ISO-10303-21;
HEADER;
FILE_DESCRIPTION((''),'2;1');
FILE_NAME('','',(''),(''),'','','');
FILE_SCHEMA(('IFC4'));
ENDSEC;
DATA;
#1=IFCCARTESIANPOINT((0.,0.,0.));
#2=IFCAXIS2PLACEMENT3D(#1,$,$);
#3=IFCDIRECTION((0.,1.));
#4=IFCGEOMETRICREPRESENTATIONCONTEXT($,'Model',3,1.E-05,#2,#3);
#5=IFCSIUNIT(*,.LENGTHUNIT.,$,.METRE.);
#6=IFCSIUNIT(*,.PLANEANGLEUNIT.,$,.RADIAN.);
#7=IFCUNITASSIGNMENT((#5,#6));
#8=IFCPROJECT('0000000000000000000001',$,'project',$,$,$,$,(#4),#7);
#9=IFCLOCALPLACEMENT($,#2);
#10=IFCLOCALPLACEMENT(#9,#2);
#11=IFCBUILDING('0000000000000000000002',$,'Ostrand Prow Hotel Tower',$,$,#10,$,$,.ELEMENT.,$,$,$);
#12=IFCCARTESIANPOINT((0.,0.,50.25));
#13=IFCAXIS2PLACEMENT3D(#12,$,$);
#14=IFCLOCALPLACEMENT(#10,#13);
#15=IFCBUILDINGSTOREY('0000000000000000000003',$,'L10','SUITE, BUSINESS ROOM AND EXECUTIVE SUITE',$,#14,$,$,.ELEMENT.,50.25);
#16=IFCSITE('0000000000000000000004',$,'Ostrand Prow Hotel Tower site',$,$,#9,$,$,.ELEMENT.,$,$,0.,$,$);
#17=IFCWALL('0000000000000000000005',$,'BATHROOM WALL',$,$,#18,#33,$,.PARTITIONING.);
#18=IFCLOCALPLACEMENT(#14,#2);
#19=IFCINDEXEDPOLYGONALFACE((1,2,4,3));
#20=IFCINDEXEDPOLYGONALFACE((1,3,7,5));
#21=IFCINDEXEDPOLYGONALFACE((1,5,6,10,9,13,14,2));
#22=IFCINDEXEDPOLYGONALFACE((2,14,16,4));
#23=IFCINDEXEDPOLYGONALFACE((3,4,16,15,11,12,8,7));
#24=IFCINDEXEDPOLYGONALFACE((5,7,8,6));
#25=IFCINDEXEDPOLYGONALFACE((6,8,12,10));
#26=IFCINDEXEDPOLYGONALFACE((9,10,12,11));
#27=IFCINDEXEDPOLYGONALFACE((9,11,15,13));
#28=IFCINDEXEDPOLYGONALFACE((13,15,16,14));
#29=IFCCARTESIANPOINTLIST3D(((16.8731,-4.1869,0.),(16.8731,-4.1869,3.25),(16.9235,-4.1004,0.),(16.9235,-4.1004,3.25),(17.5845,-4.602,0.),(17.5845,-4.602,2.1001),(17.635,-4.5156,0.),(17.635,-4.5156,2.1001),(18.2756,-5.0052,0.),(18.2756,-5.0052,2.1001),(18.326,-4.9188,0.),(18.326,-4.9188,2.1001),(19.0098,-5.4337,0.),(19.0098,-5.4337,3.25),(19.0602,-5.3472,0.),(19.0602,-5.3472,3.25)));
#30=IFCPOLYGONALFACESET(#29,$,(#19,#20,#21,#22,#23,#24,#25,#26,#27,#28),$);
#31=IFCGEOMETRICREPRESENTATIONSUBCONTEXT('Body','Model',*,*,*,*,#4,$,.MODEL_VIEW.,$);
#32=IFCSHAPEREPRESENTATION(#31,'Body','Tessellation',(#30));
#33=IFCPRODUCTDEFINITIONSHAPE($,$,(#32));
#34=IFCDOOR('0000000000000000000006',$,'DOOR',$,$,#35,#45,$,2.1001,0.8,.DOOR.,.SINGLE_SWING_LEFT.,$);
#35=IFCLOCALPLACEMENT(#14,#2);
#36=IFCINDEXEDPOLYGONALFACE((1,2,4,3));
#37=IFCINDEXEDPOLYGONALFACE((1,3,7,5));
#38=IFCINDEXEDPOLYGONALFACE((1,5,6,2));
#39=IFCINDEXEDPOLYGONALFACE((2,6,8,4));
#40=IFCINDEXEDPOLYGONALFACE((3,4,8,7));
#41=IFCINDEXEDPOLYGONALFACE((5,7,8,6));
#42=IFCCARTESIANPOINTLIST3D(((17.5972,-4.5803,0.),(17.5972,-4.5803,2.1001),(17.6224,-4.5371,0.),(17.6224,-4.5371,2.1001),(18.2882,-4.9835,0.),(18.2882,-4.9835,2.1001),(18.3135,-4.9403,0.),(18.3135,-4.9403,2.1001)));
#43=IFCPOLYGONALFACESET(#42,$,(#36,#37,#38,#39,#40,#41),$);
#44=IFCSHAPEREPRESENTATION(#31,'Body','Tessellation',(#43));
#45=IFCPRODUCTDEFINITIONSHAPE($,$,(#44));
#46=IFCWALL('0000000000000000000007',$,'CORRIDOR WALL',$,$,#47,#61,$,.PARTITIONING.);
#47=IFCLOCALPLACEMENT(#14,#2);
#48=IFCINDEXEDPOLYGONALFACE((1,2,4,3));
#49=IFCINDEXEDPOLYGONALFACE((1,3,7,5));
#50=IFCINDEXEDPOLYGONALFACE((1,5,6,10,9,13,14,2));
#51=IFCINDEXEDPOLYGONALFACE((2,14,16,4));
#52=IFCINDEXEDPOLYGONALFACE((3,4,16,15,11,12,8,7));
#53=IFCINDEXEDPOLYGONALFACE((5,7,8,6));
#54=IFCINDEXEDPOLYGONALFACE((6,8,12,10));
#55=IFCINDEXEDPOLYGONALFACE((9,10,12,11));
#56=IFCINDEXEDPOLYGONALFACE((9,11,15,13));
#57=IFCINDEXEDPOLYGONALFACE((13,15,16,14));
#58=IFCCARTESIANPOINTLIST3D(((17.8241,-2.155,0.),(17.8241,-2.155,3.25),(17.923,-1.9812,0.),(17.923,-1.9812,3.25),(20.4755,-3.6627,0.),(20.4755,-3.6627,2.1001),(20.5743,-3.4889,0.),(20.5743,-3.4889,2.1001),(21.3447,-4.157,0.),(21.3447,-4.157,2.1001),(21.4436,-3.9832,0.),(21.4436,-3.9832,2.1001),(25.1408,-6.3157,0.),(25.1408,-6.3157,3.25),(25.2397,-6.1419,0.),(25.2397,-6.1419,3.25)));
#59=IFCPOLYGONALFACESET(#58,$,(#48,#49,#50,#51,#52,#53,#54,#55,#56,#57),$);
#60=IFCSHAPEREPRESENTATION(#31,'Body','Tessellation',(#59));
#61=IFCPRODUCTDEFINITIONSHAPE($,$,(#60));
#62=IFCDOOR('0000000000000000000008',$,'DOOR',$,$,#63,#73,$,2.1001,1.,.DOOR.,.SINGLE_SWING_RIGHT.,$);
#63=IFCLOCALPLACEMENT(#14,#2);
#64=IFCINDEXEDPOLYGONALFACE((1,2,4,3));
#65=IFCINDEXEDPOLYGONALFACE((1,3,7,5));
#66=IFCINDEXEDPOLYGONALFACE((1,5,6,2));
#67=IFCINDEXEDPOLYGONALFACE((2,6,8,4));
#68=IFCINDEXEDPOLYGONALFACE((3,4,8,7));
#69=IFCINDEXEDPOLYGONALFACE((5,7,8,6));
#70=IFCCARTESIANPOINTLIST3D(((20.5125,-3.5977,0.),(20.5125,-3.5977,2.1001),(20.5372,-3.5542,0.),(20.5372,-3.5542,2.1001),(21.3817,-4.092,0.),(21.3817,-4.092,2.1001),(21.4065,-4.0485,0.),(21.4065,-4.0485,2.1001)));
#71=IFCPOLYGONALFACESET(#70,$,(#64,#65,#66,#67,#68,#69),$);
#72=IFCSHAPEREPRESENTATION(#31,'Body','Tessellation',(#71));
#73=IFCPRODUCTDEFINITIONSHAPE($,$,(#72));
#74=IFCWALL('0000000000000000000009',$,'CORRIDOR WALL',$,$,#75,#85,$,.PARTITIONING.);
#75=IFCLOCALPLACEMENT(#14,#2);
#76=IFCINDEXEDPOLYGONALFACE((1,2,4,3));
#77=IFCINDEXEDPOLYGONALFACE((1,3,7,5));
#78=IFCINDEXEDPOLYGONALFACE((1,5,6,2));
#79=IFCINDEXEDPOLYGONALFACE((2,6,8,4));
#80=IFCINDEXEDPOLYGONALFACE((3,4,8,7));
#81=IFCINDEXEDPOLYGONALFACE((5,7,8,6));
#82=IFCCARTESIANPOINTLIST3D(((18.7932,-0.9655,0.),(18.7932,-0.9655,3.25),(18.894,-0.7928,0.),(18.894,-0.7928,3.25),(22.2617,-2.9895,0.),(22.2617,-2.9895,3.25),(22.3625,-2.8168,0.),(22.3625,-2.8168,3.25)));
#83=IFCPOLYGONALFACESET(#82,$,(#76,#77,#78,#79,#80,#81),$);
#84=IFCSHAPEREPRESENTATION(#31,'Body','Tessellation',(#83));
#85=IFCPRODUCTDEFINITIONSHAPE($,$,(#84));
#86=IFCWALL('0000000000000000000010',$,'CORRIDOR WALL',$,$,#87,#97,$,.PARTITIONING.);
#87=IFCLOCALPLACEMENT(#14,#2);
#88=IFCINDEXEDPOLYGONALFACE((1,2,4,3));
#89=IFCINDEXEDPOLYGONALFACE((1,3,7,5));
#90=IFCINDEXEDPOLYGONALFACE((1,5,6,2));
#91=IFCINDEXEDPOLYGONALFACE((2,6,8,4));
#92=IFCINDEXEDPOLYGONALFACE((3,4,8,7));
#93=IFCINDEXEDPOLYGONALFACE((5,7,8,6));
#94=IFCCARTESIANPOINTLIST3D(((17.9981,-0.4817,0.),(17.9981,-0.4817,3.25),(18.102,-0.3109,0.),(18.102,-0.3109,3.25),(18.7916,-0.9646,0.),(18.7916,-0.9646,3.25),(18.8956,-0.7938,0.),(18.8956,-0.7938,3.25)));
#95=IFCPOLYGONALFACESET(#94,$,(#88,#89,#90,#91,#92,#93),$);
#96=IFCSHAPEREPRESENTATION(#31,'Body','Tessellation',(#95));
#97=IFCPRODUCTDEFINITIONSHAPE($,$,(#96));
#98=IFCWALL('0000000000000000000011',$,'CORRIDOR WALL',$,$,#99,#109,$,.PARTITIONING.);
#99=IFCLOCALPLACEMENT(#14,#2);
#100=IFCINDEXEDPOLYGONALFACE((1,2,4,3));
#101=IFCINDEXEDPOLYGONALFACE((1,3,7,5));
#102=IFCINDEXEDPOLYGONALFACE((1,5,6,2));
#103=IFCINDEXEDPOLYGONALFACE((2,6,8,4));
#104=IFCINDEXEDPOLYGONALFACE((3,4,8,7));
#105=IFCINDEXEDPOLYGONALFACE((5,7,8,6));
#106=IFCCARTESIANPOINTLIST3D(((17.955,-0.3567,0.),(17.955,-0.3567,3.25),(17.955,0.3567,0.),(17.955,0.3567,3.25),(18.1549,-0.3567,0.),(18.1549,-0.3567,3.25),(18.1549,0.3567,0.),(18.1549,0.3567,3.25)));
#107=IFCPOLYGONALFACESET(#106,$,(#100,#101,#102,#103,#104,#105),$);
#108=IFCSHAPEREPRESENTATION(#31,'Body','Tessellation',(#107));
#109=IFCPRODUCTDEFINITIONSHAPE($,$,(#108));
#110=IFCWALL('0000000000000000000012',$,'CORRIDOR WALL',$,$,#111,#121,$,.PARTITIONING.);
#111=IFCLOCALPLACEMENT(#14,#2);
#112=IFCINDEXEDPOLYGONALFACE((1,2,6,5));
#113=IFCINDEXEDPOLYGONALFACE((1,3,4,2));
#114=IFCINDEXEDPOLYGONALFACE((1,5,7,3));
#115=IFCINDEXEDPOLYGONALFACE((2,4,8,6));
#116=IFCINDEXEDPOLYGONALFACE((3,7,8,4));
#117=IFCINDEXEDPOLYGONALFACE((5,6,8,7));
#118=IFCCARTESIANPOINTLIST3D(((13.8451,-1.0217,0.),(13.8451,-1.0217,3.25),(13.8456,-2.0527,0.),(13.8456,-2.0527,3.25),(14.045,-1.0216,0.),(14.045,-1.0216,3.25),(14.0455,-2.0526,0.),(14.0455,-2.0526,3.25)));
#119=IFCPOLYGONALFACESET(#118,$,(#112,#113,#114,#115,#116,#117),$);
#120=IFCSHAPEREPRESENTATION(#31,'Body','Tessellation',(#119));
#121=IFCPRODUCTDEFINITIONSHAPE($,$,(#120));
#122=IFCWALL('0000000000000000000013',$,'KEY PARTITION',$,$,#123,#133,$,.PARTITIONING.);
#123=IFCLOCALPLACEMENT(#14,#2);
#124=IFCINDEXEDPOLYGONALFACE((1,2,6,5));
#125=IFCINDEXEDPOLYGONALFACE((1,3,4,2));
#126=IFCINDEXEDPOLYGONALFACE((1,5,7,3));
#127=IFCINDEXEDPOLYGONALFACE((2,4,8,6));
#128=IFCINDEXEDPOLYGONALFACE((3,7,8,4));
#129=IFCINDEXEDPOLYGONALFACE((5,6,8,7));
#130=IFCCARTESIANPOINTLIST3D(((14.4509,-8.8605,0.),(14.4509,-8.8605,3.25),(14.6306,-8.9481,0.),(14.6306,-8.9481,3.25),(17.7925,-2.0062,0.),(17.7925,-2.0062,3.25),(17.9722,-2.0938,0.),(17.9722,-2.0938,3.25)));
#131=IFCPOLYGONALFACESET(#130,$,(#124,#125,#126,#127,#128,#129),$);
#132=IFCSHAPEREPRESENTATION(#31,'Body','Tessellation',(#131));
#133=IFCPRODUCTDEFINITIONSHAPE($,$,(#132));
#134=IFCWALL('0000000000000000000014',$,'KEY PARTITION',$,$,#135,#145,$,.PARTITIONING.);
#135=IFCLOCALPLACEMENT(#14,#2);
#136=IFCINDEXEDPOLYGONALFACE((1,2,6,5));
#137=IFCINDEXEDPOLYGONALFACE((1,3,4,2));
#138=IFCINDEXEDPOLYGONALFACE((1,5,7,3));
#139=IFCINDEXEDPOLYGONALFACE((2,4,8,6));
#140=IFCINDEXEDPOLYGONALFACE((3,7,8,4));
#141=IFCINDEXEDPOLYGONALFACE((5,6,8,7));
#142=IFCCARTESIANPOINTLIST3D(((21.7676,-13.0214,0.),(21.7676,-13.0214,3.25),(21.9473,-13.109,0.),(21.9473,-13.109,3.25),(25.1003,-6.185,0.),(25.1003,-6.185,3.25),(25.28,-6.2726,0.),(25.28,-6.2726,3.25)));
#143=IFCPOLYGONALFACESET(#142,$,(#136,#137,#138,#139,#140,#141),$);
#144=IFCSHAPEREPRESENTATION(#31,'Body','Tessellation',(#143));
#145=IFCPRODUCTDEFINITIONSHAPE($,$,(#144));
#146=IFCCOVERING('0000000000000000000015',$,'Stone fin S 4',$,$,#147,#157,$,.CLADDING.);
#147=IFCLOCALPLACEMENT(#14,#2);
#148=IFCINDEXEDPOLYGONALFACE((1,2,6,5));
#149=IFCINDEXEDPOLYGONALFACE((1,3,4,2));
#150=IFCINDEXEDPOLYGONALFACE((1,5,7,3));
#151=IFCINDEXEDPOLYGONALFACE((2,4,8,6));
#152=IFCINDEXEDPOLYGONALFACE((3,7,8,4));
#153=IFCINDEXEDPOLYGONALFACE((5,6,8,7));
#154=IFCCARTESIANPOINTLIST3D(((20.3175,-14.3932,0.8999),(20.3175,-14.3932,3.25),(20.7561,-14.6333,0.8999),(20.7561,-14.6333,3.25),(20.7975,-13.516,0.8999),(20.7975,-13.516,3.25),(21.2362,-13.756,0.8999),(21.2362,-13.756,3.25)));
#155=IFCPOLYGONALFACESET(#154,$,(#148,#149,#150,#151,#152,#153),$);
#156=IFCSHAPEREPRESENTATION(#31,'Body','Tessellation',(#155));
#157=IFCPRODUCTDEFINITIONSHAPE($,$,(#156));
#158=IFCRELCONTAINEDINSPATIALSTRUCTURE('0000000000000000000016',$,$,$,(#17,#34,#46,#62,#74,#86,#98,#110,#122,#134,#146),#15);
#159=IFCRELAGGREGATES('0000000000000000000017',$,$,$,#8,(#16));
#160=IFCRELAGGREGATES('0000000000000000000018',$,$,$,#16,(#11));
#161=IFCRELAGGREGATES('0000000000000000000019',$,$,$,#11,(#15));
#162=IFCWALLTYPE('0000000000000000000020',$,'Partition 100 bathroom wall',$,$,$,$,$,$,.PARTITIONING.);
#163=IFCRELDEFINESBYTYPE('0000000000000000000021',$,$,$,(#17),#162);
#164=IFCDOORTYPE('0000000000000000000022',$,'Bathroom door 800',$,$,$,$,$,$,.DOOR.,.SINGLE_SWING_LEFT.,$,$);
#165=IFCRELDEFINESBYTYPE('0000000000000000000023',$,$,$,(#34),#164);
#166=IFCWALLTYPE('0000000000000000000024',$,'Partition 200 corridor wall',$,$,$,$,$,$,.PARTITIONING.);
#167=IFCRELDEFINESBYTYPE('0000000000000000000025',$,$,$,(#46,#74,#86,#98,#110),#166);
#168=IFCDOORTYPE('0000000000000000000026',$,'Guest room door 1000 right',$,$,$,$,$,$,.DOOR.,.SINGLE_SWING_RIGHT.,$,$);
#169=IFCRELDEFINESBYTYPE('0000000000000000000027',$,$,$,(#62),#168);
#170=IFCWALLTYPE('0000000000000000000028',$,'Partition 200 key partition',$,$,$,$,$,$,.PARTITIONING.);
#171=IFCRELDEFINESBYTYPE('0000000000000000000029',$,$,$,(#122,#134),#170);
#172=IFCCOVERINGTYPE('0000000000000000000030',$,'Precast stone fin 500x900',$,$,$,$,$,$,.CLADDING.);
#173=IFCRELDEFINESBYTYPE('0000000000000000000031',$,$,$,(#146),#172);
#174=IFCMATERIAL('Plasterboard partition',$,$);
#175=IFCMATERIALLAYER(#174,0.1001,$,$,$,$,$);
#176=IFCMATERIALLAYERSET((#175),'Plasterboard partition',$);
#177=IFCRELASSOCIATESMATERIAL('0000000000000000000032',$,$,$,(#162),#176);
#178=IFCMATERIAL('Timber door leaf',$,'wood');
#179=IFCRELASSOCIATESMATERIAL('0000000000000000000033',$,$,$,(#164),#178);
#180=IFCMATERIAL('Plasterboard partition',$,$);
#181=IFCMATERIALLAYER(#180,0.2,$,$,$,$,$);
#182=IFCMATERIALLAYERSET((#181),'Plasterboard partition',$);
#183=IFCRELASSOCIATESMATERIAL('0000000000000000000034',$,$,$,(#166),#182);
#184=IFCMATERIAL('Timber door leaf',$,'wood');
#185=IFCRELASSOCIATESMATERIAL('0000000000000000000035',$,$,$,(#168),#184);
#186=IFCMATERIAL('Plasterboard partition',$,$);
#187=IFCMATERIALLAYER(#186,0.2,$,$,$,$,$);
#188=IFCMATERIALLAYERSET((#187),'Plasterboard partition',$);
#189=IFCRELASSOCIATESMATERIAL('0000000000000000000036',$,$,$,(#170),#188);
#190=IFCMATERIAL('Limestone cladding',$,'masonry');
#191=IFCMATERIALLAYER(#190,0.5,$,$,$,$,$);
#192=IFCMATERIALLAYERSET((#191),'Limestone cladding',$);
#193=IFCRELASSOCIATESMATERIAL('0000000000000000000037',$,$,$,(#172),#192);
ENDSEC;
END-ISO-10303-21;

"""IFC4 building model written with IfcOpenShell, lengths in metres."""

from ifc_helpers import new_model, si_unit, direction, frame, frame_2d, origin, place, context, subcontext, project, spatial, rectangle, extrude, material, layer, layer_set, type_object, element, fill, save


model = new_model("IFC4")

# Units and contexts
model_context = context("Model", 3, precision=1e-05, world=origin(), true_north=direction((0.0, 1.0)))
body_context = subcontext(model_context, "Body", "Model", "MODEL_VIEW")
ifc_project = project(units=[si_unit("LENGTHUNIT", "METRE"), si_unit("PLANEANGLEUNIT", "RADIAN")], contexts=[model_context])

# Site, building, storey
site_placement = place(None, origin())
site = spatial("IfcSite", under=ifc_project, at=site_placement, Name="Ostrand Prow Hotel Tower site", CompositionType="ELEMENT", RefElevation=0.0)
building_placement = place(site_placement, origin())
building = spatial("IfcBuilding", under=site, at=building_placement, Name="Ostrand Prow Hotel Tower", CompositionType="ELEMENT")
storey_placement = place(building_placement, frame((0.0, 0.0, 50.25)))
storey = spatial("IfcBuildingStorey", under=building, at=storey_placement, Name="L10", Description="SUITE, BUSINESS ROOM AND EXECUTIVE SUITE", CompositionType="ELEMENT", Elevation=50.25)

# Shared definitions
ifc_material_1 = material(Name="Plasterboard partition")
ifc_layer_1 = layer(ifc_material_1, 0.1001)
ifc_layer_set_1 = layer_set([ifc_layer_1], Name="Plasterboard partition")
wall_type_1 = type_object("IfcWallType", Name="Partition 100 bathroom wall", PredefinedType="PARTITIONING", material=ifc_layer_set_1)

# Walls, openings, doors
wall_1_placement = place(storey_placement, frame((19.0349, -5.3904, 0.0), z_axis=(0.0, 0.0, 1.0), x_axis=(-0.863707, 0.503994, 0.0)))
wall_1 = element("IfcWall", 1, at=wall_1_placement, inside=storey, type_object=wall_type_1, Name="BATHROOM WALL", PredefinedType="PARTITIONING", context=body_context, shape_type="SweptSolid", body=[
    extrude(rectangle(XDim=2.4739, YDim=0.1001, at=frame_2d((1.2368, 0.0))), origin(), (0.0, 0.0, 1.0), 3.25),
])
opening_1_placement = place(wall_1_placement, frame((0.8501, 0.0, 0.0)))
opening_1 = element("IfcOpeningElement", 2, at=opening_1_placement, cuts=wall_1, PredefinedType="OPENING", context=body_context, shape_type="SweptSolid", body=[
    extrude(rectangle(XDim=0.8, YDim=2.1001, at=frame_2d((0.3999, 1.05))), frame((0.0, 0.0601, 0.0), z_axis=(0.0, -1.0, 0.0), x_axis=(1.0, 0.0, 0.0)), (0.0, 0.0, 1.0), 0.1201),
])
ifc_material_2 = material(Name="Timber door leaf", Category="wood")
door_type_1 = type_object("IfcDoorType", Name="Bathroom door 800", OperationType="SINGLE_SWING_LEFT", PredefinedType="DOOR", material=ifc_material_2)
door_1_placement = place(opening_1_placement, origin())
door_1 = element("IfcDoor", 3, at=door_1_placement, inside=storey, type_object=door_type_1, Name="DOOR", OperationType="SINGLE_SWING_LEFT", OverallHeight=2.1001, OverallWidth=0.8, PredefinedType="DOOR", context=body_context, shape_type="SweptSolid", body=[
    extrude(rectangle(XDim=0.8, YDim=2.1001, at=frame_2d((0.3999, 1.05))), frame((0.0, 0.0249, 0.0), z_axis=(0.0, -1.0, 0.0), x_axis=(1.0, 0.0, 0.0)), (0.0, 0.0, 1.0), 0.05),
])
fill(opening_1, door_1)
ifc_material_3 = material(Name="Plasterboard partition")
ifc_layer_2 = layer(ifc_material_3, 0.2)
ifc_layer_set_2 = layer_set([ifc_layer_2], Name="Plasterboard partition")
wall_type_2 = type_object("IfcWallType", Name="Partition 200 corridor wall", PredefinedType="PARTITIONING", material=ifc_layer_set_2)
wall_2_placement = place(storey_placement, frame((17.8735, -2.0681, 0.0), z_axis=(0.0, 0.0, 1.0), x_axis=(0.86928, -0.49432, 0.0)))
wall_2 = element("IfcWall", 4, at=wall_2_placement, inside=storey, type_object=wall_type_2, Name="CORRIDOR WALL", PredefinedType="PARTITIONING", context=body_context, shape_type="SweptSolid", body=[
    extrude(rectangle(XDim=8.417, YDim=0.2, at=frame_2d((4.2085, 0.0))), origin(), (0.0, 0.0, 1.0), 3.25),
])
opening_2_placement = place(wall_2_placement, frame((3.05, 0.0, 0.0)))
opening_2 = element("IfcOpeningElement", 5, at=opening_2_placement, cuts=wall_2, PredefinedType="OPENING", context=body_context, shape_type="SweptSolid", body=[
    extrude(rectangle(XDim=1.0, YDim=2.1001, at=frame_2d((0.5, 1.05))), frame((0.0, 0.1099, 0.0), z_axis=(0.0, -1.0, 0.0), x_axis=(1.0, 0.0, 0.0)), (0.0, 0.0, 1.0), 0.22),
])
ifc_material_4 = material(Name="Timber door leaf", Category="wood")
door_type_2 = type_object("IfcDoorType", Name="Guest room door 1000 right", OperationType="SINGLE_SWING_RIGHT", PredefinedType="DOOR", material=ifc_material_4)
door_2_placement = place(opening_2_placement, origin())
door_2 = element("IfcDoor", 6, at=door_2_placement, inside=storey, type_object=door_type_2, Name="DOOR", OperationType="SINGLE_SWING_RIGHT", OverallHeight=2.1001, OverallWidth=1.0, PredefinedType="DOOR", context=body_context, shape_type="SweptSolid", body=[
    extrude(rectangle(XDim=1.0, YDim=2.1001, at=frame_2d((0.5, 1.05))), frame((0.0, 0.0249, 0.0), z_axis=(0.0, -1.0, 0.0), x_axis=(1.0, 0.0, 0.0)), (0.0, 0.0, 1.0), 0.05),
])
fill(opening_2, door_2)

# Walls
wall_3_placement = place(storey_placement, frame((22.312, -2.9031, 0.0), z_axis=(0.0, 0.0, 1.0), x_axis=(-0.863711, 0.503988, 0.0)))
element("IfcWall", 7, at=wall_3_placement, inside=storey, type_object=wall_type_2, Name="CORRIDOR WALL", PredefinedType="PARTITIONING", context=body_context, shape_type="SweptSolid", body=[
    extrude(rectangle(XDim=4.0159, YDim=0.2, at=frame_2d((2.0078, 0.0))), origin(), (0.0, 0.0, 1.0), 3.25),
])
wall_4_placement = place(storey_placement, frame((18.8435, -0.8792, 0.0), z_axis=(0.0, 0.0, 1.0), x_axis=(-0.854229, 0.519897, 0.0)))
element("IfcWall", 8, at=wall_4_placement, inside=storey, type_object=wall_type_2, Name="CORRIDOR WALL", PredefinedType="PARTITIONING", context=body_context, shape_type="SweptSolid", body=[
    extrude(rectangle(XDim=0.929, YDim=0.2, at=frame_2d((0.4644, 0.0))), origin(), (0.0, 0.0, 1.0), 3.25),
])
wall_5_placement = place(storey_placement, frame((18.0549, -0.3567, 0.0), z_axis=(0.0, 0.0, 1.0), x_axis=(0.0, 1.0, 0.0)))
element("IfcWall", 9, at=wall_5_placement, inside=storey, type_object=wall_type_2, Name="CORRIDOR WALL", PredefinedType="PARTITIONING", context=body_context, shape_type="SweptSolid", body=[
    extrude(rectangle(XDim=0.7134, YDim=0.2, at=frame_2d((0.3567, 0.0))), origin(), (0.0, 0.0, 1.0), 3.25),
])
wall_6_placement = place(storey_placement, frame((13.9451, -1.0215, 0.0), z_axis=(0.0, 0.0, 1.0), x_axis=(0.000474, -1.0, 0.0)))
element("IfcWall", 10, at=wall_6_placement, inside=storey, type_object=wall_type_2, Name="CORRIDOR WALL", PredefinedType="PARTITIONING", context=body_context, shape_type="SweptSolid", body=[
    extrude(rectangle(XDim=1.031, YDim=0.2, at=frame_2d((0.5156, 0.0))), origin(), (0.0, 0.0, 1.0), 3.25),
])
ifc_material_5 = material(Name="Plasterboard partition")
ifc_layer_3 = layer(ifc_material_5, 0.2)
ifc_layer_set_3 = layer_set([ifc_layer_3], Name="Plasterboard partition")
wall_type_3 = type_object("IfcWallType", Name="Partition 200 key partition", PredefinedType="PARTITIONING", material=ifc_layer_set_3)
wall_7_placement = place(storey_placement, frame((14.5408, -8.9043, 0.0), z_axis=(0.0, 0.0, 1.0), x_axis=(0.438214, 0.898871, 0.0)))
element("IfcWall", 11, at=wall_7_placement, inside=storey, type_object=wall_type_3, Name="KEY PARTITION", PredefinedType="PARTITIONING", context=body_context, shape_type="SweptSolid", body=[
    extrude(rectangle(XDim=7.6255, YDim=0.2, at=frame_2d((3.8127, 0.0))), origin(), (0.0, 0.0, 1.0), 3.25),
])
wall_8_placement = place(storey_placement, frame((21.8574, -13.0652, 0.0), z_axis=(0.0, 0.0, 1.0), x_axis=(0.438203, 0.898876, 0.0)))
element("IfcWall", 12, at=wall_8_placement, inside=storey, type_object=wall_type_3, Name="KEY PARTITION", PredefinedType="PARTITIONING", context=body_context, shape_type="SweptSolid", body=[
    extrude(rectangle(XDim=7.6055, YDim=0.2, at=frame_2d((3.8027, 0.0))), origin(), (0.0, 0.0, 1.0), 3.25),
])

# Covering
ifc_material_6 = material(Name="Limestone cladding", Category="masonry")
ifc_layer_4 = layer(ifc_material_6, 0.5)
ifc_layer_set_4 = layer_set([ifc_layer_4], Name="Limestone cladding")
covering_type = type_object("IfcCoveringType", Name="Precast stone fin 500x900", PredefinedType="CLADDING", material=ifc_layer_set_4)
covering_placement = place(storey_placement, frame((21.0168, -13.636, 0.8999), z_axis=(0.0, 0.0, 1.0), x_axis=(-0.480015, -0.87726, 0.0)))
element("IfcCovering", 13, at=covering_placement, inside=storey, type_object=covering_type, Name="Stone fin S 4", PredefinedType="CLADDING", context=body_context, shape_type="SweptSolid", body=[
    extrude(rectangle(XDim=1.0, YDim=0.5, at=frame_2d((0.5, 0.0))), origin(), (0.0, 0.0, 1.0), 2.3501),
])

save(model, "model.ifc")
